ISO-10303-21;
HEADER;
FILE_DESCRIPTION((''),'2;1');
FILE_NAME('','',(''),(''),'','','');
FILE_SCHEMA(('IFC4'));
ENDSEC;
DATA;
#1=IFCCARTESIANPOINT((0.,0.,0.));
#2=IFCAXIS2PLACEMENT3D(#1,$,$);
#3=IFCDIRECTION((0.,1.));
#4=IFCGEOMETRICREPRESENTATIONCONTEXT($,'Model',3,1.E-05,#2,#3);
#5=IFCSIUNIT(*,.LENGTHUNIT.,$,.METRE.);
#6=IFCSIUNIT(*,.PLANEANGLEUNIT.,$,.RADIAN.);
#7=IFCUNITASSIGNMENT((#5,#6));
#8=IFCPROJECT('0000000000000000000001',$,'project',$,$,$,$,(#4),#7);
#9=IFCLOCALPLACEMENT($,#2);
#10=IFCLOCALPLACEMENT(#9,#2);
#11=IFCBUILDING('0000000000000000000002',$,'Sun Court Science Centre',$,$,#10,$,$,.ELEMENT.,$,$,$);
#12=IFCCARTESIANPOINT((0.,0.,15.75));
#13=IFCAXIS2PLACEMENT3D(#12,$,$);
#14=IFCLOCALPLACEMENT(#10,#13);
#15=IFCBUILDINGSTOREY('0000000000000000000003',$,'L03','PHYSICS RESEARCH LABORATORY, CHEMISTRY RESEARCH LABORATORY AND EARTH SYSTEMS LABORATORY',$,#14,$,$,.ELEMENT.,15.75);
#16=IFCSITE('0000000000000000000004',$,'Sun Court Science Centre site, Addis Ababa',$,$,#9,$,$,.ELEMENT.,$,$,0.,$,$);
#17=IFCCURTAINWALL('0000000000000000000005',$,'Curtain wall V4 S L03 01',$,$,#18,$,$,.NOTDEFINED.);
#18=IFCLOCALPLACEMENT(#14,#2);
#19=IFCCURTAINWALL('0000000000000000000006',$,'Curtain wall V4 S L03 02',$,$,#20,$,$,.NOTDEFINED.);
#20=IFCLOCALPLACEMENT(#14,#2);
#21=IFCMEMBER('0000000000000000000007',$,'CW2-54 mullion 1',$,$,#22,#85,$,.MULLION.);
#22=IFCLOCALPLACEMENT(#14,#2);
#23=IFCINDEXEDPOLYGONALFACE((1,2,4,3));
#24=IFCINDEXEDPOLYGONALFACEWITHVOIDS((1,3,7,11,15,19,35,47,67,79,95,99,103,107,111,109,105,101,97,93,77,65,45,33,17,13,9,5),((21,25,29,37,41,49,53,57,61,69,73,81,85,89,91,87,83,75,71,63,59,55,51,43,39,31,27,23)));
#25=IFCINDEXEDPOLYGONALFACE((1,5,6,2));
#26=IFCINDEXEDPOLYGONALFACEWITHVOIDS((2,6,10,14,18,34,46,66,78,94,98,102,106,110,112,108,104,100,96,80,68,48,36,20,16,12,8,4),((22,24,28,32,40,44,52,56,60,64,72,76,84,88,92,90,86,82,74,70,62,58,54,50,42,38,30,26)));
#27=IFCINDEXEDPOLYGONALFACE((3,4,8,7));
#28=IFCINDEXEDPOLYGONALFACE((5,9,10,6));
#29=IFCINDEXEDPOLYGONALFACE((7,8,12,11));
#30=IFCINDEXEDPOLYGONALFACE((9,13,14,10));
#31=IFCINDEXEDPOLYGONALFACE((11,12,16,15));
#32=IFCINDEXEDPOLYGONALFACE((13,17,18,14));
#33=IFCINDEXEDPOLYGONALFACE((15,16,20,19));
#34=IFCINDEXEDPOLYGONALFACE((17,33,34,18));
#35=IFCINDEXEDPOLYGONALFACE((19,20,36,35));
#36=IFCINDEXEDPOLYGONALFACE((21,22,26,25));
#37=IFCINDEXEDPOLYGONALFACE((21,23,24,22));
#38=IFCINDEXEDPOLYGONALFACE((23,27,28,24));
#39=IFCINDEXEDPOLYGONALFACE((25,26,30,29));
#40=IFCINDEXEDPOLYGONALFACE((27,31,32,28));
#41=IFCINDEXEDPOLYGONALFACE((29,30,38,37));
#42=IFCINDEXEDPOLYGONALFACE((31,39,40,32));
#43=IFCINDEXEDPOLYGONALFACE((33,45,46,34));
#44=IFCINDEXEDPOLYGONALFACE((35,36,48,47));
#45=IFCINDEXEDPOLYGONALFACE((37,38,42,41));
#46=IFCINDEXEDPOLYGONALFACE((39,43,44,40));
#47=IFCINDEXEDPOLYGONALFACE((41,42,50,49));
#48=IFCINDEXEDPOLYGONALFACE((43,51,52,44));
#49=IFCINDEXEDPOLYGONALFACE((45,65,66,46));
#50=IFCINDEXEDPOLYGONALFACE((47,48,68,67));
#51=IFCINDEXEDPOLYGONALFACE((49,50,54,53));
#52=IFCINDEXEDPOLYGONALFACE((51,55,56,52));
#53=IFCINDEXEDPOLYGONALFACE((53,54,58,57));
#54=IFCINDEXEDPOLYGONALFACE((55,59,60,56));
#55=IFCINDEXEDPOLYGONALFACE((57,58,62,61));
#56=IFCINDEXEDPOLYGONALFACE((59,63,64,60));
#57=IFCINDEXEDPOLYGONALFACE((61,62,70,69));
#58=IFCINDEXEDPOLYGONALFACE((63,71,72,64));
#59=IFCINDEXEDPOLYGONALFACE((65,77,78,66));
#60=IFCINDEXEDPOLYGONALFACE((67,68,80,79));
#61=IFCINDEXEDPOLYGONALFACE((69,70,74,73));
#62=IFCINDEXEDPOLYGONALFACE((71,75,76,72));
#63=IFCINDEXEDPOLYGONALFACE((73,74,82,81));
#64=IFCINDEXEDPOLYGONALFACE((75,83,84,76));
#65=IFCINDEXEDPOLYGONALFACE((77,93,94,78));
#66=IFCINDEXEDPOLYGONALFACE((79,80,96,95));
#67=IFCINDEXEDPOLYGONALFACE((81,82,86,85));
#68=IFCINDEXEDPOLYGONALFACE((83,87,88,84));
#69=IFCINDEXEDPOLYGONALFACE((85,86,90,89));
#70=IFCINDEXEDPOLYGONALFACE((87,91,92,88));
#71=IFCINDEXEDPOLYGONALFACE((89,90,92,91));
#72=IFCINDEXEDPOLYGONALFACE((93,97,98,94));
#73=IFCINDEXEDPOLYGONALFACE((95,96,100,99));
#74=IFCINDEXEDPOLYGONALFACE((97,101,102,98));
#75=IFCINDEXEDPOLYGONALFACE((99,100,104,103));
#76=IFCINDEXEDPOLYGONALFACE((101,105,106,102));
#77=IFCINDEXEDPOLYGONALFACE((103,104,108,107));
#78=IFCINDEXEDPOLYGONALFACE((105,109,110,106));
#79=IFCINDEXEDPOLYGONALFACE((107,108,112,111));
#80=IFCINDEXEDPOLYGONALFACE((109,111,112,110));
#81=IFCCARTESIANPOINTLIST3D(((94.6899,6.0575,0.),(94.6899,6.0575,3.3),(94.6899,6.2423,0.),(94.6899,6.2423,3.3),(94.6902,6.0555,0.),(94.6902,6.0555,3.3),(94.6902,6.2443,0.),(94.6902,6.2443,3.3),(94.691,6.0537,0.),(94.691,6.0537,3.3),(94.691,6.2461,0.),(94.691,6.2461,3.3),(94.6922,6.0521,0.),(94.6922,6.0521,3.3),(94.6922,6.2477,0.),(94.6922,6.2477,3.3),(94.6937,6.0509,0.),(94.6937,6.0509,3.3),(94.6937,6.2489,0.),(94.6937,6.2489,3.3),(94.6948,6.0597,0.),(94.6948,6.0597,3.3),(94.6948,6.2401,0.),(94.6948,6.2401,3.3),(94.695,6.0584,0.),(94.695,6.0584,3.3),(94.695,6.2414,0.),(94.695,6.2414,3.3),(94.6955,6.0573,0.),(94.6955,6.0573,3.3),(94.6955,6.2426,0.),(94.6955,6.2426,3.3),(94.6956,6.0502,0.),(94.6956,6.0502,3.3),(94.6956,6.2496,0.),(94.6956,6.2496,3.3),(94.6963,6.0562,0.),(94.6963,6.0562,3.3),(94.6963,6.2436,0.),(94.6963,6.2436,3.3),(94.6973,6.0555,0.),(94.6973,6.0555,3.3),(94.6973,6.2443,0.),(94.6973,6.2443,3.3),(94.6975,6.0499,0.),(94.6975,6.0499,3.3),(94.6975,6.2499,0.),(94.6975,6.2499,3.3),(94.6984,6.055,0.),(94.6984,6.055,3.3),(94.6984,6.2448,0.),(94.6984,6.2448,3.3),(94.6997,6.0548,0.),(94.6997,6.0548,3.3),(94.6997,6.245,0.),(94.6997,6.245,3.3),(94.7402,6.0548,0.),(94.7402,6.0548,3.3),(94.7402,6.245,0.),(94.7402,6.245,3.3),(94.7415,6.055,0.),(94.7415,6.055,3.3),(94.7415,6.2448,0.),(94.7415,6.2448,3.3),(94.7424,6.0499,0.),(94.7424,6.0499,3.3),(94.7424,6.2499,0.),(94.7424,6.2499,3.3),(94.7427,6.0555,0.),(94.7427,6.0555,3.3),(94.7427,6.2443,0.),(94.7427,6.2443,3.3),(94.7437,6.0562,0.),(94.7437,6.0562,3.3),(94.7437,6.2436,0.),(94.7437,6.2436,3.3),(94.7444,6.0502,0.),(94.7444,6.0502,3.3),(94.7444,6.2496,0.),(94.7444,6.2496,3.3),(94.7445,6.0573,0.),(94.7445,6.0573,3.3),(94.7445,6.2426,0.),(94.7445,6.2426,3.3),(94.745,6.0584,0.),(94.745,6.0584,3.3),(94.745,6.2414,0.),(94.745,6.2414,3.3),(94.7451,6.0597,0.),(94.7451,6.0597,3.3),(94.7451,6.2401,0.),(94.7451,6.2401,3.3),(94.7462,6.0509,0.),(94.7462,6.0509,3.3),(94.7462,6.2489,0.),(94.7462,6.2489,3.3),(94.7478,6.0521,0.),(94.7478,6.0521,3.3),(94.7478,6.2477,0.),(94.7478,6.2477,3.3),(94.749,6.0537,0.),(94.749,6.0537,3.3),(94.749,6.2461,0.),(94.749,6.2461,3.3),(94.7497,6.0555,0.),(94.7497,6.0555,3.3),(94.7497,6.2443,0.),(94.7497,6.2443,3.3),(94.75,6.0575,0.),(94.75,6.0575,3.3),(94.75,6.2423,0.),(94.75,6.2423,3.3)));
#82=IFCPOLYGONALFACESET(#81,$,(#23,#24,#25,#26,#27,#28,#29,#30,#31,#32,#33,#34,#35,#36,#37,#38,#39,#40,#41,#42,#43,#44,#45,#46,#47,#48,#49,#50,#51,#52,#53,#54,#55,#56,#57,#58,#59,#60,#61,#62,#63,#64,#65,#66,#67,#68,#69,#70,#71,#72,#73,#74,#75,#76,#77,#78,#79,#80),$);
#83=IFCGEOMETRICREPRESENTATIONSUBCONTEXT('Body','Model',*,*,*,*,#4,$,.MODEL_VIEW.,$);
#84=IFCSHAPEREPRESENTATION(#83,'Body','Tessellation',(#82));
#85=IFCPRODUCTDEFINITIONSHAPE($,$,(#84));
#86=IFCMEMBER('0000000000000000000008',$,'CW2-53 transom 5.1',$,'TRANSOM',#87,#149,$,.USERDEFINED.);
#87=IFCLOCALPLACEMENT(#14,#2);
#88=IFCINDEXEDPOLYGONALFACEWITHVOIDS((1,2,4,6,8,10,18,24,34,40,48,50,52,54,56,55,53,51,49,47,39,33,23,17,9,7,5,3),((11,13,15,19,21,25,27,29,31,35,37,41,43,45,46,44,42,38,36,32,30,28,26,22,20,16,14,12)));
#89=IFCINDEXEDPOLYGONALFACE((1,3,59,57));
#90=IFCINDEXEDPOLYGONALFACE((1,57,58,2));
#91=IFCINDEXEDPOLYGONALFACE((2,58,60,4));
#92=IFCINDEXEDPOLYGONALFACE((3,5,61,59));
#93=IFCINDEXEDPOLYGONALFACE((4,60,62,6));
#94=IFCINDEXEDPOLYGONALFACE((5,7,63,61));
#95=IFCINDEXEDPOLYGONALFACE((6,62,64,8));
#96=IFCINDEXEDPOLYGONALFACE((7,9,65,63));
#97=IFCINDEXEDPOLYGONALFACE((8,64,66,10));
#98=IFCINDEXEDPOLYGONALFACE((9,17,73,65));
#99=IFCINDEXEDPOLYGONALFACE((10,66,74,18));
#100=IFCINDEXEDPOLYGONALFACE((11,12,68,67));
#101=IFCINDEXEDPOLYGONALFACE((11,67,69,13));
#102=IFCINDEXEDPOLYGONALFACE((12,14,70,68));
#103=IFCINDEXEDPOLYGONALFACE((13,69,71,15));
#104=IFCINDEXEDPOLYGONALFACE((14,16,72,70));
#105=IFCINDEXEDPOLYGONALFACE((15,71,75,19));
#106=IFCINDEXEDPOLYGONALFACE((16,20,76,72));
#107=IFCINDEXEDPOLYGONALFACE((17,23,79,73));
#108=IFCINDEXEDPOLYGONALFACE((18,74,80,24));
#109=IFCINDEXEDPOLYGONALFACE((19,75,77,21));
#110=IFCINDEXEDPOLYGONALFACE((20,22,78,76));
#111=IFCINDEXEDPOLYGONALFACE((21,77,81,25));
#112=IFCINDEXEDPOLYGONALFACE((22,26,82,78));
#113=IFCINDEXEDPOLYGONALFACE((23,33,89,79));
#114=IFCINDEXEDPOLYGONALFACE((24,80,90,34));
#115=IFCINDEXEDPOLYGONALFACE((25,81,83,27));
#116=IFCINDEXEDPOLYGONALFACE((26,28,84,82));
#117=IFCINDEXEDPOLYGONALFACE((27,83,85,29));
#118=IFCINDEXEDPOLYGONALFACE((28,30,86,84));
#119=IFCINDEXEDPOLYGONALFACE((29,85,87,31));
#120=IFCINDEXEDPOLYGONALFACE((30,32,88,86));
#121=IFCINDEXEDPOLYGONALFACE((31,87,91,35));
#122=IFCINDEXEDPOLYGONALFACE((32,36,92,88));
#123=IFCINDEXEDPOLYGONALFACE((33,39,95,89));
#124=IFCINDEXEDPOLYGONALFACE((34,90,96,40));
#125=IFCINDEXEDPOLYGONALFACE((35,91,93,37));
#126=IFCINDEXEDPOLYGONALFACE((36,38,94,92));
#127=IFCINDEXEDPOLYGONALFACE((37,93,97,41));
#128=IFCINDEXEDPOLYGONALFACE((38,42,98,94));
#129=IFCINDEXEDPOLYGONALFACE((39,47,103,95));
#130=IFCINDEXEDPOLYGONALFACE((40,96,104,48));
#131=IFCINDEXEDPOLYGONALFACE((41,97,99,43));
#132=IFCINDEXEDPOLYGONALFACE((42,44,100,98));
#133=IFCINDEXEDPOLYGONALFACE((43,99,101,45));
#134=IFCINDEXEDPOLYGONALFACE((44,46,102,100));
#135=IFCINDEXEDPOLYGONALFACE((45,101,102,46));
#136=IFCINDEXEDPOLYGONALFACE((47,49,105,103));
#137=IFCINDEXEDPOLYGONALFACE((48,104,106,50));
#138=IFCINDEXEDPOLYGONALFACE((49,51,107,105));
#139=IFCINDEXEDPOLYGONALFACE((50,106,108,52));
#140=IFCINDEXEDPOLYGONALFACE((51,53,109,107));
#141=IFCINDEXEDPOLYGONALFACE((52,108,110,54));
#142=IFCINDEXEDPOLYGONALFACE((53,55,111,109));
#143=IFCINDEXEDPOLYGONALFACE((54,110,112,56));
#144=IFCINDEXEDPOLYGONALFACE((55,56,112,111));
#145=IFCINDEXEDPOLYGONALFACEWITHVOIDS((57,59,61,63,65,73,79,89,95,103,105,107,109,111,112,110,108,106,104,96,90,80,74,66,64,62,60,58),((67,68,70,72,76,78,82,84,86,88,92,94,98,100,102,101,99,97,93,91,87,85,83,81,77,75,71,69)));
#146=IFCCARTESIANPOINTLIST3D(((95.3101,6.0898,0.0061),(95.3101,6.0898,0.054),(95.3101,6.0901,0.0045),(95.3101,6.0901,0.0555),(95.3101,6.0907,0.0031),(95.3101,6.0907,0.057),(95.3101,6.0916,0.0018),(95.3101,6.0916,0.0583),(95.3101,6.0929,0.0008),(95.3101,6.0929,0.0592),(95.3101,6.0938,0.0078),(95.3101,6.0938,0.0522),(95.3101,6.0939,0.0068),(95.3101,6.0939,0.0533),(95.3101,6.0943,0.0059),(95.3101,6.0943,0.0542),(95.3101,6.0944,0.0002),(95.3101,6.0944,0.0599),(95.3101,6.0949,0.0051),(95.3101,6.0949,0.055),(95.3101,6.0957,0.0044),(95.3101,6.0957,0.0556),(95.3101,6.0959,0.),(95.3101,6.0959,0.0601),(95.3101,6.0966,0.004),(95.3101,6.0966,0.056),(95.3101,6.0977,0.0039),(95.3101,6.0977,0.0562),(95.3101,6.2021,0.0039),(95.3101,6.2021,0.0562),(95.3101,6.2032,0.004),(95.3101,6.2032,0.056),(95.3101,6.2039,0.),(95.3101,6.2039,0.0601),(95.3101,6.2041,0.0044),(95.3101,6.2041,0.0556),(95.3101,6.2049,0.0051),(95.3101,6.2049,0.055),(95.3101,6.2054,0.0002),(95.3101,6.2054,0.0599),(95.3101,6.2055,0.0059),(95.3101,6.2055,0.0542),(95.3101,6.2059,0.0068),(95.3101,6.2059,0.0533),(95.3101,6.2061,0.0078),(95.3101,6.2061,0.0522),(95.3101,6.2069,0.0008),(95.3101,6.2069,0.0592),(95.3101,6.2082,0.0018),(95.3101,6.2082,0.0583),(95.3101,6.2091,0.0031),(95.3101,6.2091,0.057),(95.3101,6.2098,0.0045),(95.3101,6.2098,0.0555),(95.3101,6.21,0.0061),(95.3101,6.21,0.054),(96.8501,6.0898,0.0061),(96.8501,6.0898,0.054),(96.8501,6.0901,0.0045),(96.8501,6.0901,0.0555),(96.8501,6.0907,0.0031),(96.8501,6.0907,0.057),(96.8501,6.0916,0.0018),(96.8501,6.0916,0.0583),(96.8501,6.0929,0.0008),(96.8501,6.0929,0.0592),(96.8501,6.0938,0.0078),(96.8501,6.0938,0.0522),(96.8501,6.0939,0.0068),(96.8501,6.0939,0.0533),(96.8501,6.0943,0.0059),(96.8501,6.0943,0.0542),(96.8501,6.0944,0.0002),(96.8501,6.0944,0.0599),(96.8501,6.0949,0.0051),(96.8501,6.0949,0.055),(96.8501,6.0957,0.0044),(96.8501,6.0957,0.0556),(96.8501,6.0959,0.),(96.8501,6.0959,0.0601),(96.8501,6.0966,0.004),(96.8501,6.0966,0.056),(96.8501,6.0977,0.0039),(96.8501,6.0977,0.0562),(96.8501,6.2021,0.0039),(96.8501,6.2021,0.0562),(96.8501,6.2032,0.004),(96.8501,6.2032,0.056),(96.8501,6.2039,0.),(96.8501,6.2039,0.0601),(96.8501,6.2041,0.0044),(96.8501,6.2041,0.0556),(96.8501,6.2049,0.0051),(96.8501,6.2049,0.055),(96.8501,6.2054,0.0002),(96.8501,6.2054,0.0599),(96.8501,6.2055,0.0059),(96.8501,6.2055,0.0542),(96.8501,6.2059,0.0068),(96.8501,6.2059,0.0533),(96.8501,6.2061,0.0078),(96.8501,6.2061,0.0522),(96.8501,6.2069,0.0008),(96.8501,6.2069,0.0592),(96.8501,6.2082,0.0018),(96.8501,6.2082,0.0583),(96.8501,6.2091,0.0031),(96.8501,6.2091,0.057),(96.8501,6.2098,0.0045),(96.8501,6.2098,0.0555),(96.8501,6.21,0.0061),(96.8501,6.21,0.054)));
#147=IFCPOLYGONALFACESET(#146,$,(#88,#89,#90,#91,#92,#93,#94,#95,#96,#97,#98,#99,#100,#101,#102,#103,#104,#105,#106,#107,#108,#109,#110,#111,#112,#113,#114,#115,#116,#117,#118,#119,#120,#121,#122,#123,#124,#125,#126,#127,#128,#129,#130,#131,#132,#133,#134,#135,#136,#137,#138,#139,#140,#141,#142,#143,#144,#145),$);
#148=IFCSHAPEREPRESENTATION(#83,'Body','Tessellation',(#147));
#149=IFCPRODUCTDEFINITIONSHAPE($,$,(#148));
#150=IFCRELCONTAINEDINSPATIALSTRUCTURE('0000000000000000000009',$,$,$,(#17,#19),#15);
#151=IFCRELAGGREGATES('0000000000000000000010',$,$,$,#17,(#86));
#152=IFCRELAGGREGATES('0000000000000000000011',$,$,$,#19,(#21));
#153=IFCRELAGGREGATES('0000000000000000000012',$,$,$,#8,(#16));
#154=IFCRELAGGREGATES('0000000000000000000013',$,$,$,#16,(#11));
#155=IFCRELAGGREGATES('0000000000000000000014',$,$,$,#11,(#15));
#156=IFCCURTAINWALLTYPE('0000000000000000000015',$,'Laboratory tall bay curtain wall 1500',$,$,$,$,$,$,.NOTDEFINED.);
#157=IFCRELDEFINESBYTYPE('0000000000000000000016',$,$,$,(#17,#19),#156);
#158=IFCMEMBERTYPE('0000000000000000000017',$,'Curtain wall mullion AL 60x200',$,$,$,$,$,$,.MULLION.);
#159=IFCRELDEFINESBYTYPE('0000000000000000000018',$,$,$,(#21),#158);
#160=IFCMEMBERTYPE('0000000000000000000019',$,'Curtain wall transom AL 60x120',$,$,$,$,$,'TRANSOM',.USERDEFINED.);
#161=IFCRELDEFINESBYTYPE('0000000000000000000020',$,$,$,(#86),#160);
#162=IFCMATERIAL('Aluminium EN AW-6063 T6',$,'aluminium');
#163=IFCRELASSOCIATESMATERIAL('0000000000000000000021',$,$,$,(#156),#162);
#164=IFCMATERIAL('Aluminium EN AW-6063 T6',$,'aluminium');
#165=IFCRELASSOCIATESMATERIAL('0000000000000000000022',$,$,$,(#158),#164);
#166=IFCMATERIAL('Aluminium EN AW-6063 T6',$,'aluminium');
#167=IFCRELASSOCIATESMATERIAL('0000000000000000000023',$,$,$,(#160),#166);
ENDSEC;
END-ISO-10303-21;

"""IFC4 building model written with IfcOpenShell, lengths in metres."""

from ifc_helpers import new_model, si_unit, direction, frame, origin, origin_2d, place, context, subcontext, project, spatial, hollow_rectangle, extrude, material, material_profile, profile_set, type_object, element, aggregate, save


model = new_model("IFC4")

# Units and contexts
model_context = context("Model", 3, precision=1e-05, world=origin(), true_north=direction((0.0, 1.0)))
body_context = subcontext(model_context, "Body", "Model", "MODEL_VIEW")
ifc_project = project(units=[si_unit("LENGTHUNIT", "METRE"), si_unit("PLANEANGLEUNIT", "RADIAN")], contexts=[model_context])

# Site, building, storey
site_placement = place(None, origin())
site = spatial("IfcSite", under=ifc_project, at=site_placement, Name="Sun Court Science Centre site, Addis Ababa", CompositionType="ELEMENT", RefElevation=0.0)
building_placement = place(site_placement, origin())
building = spatial("IfcBuilding", under=site, at=building_placement, Name="Sun Court Science Centre", CompositionType="ELEMENT")
storey_placement = place(building_placement, frame((0.0, 0.0, 15.75)))
storey = spatial("IfcBuildingStorey", under=building, at=storey_placement, Name="L03", Description="PHYSICS RESEARCH LABORATORY, CHEMISTRY RESEARCH LABORATORY AND EARTH SYSTEMS LABORATORY", CompositionType="ELEMENT", Elevation=15.75)

# Curtain walls, member
ifc_material_1 = material(Name="Aluminium EN AW-6063 T6", Category="aluminium")
curtain_wall_type = type_object("IfcCurtainWallType", Name="Laboratory tall bay curtain wall 1500", PredefinedType="NOTDEFINED", material=ifc_material_1)
curtain_wall_1_placement = place(storey_placement, origin())
curtain_wall_1 = element("IfcCurtainWall", 1, at=curtain_wall_1_placement, inside=storey, type_object=curtain_wall_type, Name="Curtain wall V4 S L03 01", PredefinedType="NOTDEFINED")
ifc_material_2 = material(Name="Aluminium EN AW-6063 T6", Category="aluminium")
ifc_material_profile_1 = material_profile(ifc_material_2, hollow_rectangle(XDim=0.0601, YDim=0.2, WallThickness=0.0049, InnerFilletRadius=0.0049, OuterFilletRadius=0.0076, at=origin_2d()), Name="AL 60x200x5")
ifc_profile_set_1 = profile_set([ifc_material_profile_1], Name="Aluminium EN AW-6063 T6")
member_type_1 = type_object("IfcMemberType", Name="Curtain wall mullion AL 60x200", PredefinedType="MULLION", material=ifc_profile_set_1)
curtain_wall_2_placement = place(storey_placement, origin())
curtain_wall_2 = element("IfcCurtainWall", 2, at=curtain_wall_2_placement, inside=storey, type_object=curtain_wall_type, Name="Curtain wall V4 S L03 02", PredefinedType="NOTDEFINED")
member_1_placement = place(storey_placement, frame((94.72, 6.1499, 0.0), z_axis=(0.0, 0.0, 1.0), x_axis=(-1.0, 0.0, 0.0)))
member_1 = element("IfcMember", 3, at=member_1_placement, type_object=member_type_1, Name="CW2-54 mullion 1", PredefinedType="MULLION", context=body_context, shape_type="SweptSolid", body=[
    extrude(hollow_rectangle(XDim=0.0601, YDim=0.2, WallThickness=0.0049, InnerFilletRadius=0.0049, OuterFilletRadius=0.0076, at=origin_2d()), origin(), (0.0, 0.0, 1.0), 3.3),
])

# Member
ifc_material_3 = material(Name="Aluminium EN AW-6063 T6", Category="aluminium")
ifc_material_profile_2 = material_profile(ifc_material_3, hollow_rectangle(XDim=0.0601, YDim=0.1201, WallThickness=0.0039, InnerFilletRadius=0.0039, OuterFilletRadius=0.0061, at=origin_2d()), Name="AL 60x120x4")
ifc_profile_set_2 = profile_set([ifc_material_profile_2], Name="Aluminium EN AW-6063 T6")
member_type_2 = type_object("IfcMemberType", Name="Curtain wall transom AL 60x120", ElementType="TRANSOM", PredefinedType="USERDEFINED", material=ifc_profile_set_2)
member_2_placement = place(storey_placement, frame((96.8501, 6.1499, 0.03), z_axis=(-1.0, 0.0, 0.0), x_axis=(0.0, 0.0, 1.0)))
member_2 = element("IfcMember", 4, at=member_2_placement, type_object=member_type_2, Name="CW2-53 transom 5.1", ObjectType="TRANSOM", PredefinedType="USERDEFINED", context=body_context, shape_type="SweptSolid", body=[
    extrude(hollow_rectangle(XDim=0.0601, YDim=0.1201, WallThickness=0.0039, InnerFilletRadius=0.0039, OuterFilletRadius=0.0061, at=origin_2d()), origin(), (0.0, 0.0, 1.0), 1.54),
])

aggregate(curtain_wall_1, [member_2])
aggregate(curtain_wall_2, [member_1])

save(model, "model.ifc")
